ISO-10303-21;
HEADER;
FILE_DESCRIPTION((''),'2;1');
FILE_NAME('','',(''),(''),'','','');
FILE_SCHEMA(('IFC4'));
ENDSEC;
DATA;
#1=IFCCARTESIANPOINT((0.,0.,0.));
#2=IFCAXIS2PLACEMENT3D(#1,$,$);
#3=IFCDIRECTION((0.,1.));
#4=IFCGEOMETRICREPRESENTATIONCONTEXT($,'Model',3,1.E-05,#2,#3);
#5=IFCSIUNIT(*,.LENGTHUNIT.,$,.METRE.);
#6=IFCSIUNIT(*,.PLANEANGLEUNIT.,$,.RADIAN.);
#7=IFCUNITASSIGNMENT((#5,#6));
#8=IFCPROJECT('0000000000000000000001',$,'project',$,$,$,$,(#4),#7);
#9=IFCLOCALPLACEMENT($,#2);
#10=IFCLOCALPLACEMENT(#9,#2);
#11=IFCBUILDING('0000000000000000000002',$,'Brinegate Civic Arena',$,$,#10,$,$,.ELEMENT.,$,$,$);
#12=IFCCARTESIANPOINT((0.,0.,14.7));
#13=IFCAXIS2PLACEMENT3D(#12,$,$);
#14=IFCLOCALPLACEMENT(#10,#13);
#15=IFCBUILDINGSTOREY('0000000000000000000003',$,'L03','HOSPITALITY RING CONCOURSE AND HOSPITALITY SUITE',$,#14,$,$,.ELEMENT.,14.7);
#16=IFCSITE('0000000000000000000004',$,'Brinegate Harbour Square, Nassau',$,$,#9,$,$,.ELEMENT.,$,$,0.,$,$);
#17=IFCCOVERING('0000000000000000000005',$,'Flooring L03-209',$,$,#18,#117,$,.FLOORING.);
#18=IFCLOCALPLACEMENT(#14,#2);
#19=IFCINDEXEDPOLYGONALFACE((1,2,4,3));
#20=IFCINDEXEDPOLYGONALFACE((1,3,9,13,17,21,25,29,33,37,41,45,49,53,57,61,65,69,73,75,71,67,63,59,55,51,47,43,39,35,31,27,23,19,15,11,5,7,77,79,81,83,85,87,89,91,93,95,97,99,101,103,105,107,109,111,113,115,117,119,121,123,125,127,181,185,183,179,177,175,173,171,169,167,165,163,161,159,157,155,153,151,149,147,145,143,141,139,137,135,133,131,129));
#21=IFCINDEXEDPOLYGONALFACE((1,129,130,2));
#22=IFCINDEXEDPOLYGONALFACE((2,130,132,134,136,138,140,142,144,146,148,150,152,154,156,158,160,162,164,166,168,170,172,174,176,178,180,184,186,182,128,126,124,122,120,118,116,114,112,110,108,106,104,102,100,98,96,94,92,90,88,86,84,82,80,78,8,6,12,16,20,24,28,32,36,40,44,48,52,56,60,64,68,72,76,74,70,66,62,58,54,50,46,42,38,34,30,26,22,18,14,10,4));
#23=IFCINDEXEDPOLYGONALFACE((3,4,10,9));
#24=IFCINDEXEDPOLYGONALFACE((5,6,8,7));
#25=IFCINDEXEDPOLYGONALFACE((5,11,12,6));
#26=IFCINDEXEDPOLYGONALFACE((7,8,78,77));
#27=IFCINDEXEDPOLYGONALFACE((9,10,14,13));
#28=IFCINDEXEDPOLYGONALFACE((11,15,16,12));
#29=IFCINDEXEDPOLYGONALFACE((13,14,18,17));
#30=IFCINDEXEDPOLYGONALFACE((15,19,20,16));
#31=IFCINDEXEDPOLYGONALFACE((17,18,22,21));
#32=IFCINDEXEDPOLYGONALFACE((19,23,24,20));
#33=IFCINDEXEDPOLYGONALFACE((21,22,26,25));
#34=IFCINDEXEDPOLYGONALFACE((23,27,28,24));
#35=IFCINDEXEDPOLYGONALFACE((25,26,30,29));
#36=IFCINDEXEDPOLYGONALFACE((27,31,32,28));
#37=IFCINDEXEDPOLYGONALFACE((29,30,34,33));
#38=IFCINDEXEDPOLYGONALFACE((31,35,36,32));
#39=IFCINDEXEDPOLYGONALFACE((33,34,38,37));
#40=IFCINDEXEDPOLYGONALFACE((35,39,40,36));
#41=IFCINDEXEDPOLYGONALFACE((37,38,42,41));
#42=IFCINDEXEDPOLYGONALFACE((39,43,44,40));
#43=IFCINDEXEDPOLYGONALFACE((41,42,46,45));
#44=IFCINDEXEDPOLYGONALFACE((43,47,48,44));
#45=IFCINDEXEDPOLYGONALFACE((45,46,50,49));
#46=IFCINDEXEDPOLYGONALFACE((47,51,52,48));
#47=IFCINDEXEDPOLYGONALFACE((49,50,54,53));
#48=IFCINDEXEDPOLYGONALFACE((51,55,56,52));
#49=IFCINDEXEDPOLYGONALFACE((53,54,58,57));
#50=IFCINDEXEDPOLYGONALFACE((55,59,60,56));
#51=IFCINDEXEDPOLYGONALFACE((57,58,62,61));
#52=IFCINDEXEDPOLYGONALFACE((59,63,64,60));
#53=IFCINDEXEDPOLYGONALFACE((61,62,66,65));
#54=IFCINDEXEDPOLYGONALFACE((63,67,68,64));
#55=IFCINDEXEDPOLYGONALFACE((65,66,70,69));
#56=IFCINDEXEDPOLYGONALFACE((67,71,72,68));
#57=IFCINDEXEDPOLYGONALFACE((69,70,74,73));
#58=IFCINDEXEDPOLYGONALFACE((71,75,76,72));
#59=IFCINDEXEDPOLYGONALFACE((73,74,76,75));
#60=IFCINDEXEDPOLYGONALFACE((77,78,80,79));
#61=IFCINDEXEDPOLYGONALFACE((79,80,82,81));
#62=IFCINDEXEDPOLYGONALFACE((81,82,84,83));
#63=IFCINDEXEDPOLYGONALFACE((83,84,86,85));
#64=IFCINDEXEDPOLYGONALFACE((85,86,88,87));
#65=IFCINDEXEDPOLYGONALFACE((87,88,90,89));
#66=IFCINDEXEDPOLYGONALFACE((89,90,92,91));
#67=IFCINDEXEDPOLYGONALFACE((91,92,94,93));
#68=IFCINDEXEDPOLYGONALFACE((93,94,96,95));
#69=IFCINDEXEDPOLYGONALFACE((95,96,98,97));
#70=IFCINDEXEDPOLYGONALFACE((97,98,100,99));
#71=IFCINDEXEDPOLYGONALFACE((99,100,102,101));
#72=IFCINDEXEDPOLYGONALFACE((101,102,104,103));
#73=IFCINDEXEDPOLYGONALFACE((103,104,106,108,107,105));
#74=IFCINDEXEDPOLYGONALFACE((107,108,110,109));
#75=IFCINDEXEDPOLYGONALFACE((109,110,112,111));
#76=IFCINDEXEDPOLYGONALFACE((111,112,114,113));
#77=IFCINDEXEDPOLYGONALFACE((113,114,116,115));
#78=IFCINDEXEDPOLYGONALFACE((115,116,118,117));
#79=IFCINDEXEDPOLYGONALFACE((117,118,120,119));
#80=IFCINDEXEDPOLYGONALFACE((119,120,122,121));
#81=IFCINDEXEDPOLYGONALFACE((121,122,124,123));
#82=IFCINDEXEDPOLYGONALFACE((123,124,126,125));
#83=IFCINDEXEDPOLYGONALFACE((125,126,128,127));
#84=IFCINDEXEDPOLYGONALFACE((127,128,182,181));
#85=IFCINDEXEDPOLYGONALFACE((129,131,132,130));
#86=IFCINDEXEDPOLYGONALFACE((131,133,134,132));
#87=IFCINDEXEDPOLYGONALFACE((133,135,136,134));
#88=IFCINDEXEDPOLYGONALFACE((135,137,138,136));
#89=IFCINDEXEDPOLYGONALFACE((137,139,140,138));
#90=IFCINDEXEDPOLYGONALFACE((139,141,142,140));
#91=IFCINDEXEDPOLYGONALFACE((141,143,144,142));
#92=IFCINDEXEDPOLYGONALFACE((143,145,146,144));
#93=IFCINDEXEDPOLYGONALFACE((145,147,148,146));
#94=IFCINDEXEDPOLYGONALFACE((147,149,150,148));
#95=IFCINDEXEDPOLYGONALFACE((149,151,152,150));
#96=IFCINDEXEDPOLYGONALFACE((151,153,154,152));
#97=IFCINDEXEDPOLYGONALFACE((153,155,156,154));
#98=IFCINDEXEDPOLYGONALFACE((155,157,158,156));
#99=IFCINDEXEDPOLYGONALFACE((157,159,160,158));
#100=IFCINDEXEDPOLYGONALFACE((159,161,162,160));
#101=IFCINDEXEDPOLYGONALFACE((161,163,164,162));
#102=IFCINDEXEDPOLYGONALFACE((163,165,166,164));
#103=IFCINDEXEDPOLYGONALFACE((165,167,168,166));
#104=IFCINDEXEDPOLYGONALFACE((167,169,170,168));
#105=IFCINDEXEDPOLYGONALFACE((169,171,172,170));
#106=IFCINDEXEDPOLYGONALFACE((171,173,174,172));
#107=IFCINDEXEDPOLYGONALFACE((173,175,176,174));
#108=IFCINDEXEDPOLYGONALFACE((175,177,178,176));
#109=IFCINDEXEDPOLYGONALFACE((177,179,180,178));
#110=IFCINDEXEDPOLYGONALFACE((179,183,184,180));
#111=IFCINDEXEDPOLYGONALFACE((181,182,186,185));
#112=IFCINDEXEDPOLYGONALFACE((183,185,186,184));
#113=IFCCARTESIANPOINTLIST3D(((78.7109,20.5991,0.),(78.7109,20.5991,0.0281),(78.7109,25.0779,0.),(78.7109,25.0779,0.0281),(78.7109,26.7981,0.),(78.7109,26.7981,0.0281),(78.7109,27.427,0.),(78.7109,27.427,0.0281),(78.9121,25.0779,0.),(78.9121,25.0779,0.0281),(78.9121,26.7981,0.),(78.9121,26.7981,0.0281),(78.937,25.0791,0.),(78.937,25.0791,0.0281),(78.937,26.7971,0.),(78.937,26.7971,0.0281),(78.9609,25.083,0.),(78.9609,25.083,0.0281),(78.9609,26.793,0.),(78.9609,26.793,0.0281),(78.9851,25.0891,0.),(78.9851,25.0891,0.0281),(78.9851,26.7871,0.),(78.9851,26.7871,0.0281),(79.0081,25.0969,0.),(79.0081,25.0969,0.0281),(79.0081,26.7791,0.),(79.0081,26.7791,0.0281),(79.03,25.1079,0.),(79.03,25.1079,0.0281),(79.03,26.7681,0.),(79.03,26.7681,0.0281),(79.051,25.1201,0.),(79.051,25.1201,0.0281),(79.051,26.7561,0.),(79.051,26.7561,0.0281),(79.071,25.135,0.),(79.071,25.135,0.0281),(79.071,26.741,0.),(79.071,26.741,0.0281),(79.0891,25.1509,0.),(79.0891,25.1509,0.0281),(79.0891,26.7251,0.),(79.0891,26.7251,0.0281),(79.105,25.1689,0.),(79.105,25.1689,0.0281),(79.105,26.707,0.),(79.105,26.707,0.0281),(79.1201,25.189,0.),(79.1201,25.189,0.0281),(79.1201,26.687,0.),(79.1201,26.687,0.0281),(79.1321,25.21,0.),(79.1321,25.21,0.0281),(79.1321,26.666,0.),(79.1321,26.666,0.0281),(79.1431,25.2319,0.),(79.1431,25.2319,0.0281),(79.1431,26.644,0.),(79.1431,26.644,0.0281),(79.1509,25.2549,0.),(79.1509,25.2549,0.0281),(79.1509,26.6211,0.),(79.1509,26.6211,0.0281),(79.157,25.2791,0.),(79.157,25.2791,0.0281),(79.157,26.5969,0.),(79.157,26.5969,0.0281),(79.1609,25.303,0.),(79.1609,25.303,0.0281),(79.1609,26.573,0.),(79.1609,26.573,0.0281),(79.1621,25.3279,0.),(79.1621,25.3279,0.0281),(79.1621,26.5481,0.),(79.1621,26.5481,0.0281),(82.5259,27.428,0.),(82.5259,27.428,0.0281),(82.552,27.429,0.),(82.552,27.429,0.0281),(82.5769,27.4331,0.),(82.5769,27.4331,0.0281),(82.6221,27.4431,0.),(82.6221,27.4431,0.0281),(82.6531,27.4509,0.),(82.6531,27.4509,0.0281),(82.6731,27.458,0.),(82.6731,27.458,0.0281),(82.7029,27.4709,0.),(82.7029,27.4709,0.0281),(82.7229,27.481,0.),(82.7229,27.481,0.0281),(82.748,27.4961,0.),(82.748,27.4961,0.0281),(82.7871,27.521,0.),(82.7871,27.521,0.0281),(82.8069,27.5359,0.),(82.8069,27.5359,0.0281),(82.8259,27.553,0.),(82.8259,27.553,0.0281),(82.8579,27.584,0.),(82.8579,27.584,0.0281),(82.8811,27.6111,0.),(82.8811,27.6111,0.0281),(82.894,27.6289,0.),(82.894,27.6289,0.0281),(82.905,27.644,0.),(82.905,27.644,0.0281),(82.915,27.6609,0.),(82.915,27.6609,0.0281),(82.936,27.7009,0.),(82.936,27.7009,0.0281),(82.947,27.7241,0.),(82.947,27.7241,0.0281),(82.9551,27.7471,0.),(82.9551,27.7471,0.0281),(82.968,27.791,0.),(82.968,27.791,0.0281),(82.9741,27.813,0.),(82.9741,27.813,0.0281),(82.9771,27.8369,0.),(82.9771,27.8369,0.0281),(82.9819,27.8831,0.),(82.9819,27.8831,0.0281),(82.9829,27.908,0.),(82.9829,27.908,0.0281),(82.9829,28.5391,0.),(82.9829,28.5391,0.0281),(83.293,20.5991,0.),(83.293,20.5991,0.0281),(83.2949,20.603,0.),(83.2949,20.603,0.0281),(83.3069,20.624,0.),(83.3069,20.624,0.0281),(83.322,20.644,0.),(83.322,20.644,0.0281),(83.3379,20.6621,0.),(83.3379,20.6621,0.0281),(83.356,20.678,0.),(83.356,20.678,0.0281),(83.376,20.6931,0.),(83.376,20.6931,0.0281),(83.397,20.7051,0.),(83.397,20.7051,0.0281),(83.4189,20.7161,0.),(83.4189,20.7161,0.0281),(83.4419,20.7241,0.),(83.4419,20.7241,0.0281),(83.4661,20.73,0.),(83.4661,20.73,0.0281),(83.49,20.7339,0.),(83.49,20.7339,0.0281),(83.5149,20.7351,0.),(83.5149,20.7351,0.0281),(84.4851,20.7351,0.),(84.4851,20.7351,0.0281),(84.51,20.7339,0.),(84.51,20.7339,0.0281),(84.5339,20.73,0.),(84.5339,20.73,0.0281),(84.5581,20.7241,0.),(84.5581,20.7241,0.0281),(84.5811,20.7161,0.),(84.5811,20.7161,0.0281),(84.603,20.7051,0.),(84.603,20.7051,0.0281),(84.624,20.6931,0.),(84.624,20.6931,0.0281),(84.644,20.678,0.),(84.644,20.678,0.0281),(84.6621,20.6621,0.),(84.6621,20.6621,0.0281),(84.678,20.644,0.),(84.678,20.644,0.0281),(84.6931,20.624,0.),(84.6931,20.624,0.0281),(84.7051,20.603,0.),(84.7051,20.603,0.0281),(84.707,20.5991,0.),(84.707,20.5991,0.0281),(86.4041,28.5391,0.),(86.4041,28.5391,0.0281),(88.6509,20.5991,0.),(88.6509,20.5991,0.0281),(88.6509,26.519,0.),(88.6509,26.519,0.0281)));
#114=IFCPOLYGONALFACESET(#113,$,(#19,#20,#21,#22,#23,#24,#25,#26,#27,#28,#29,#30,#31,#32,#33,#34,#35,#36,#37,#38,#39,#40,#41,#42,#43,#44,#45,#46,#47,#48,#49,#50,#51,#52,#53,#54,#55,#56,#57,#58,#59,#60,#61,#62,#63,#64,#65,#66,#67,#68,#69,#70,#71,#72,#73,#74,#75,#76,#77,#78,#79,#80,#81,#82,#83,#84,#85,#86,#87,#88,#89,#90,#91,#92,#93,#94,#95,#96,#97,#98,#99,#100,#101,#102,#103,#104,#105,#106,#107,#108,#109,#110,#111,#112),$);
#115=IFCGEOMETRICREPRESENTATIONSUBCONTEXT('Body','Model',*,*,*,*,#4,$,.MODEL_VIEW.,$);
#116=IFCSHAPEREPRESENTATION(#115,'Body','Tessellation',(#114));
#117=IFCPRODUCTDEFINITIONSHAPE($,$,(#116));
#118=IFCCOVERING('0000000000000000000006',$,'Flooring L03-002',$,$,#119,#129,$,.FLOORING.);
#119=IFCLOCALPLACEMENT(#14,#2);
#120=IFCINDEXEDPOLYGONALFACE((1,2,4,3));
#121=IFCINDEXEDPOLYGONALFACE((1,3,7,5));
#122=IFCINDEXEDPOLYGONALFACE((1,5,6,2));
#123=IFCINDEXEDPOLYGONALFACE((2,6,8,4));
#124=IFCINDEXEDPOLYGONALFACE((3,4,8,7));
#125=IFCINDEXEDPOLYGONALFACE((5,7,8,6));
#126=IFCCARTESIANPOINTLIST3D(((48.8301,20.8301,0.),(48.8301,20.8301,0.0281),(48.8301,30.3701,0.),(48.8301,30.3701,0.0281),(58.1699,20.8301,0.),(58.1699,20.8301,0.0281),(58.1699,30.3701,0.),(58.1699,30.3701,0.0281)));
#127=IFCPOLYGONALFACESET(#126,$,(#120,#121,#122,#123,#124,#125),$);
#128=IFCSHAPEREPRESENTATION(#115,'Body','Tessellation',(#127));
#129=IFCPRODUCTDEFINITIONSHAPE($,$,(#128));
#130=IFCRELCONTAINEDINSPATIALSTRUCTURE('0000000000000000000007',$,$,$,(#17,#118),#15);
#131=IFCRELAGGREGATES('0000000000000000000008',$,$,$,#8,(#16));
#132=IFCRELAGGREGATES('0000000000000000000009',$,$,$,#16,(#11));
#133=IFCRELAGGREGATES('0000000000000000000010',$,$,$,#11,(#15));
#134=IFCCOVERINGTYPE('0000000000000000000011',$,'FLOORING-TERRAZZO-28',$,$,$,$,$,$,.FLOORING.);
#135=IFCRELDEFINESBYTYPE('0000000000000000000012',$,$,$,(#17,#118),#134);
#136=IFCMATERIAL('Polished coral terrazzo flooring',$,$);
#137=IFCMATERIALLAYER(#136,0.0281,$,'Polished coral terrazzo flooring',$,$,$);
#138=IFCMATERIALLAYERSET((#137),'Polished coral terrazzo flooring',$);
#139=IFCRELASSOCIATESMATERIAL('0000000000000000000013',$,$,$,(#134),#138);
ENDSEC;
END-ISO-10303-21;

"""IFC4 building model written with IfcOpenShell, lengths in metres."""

from ifc_helpers import new_model, si_unit, direction, frame, origin, place, context, subcontext, project, spatial, polyline, outline, extrude, material, layer, layer_set, type_object, element, save


model = new_model("IFC4")

# Units and contexts
model_context = context("Model", 3, precision=1e-05, world=origin(), true_north=direction((0.0, 1.0)))
body_context = subcontext(model_context, "Body", "Model", "MODEL_VIEW")
ifc_project = project(units=[si_unit("LENGTHUNIT", "METRE"), si_unit("PLANEANGLEUNIT", "RADIAN")], contexts=[model_context])

# Site, building, storey
site_placement = place(None, origin())
site = spatial("IfcSite", under=ifc_project, at=site_placement, Name="Brinegate Harbour Square, Nassau", CompositionType="ELEMENT", RefElevation=0.0)
building_placement = place(site_placement, origin())
building = spatial("IfcBuilding", under=site, at=building_placement, Name="Brinegate Civic Arena", CompositionType="ELEMENT")
storey_placement = place(building_placement, frame((0.0, 0.0, 14.7)))
storey = spatial("IfcBuildingStorey", under=building, at=storey_placement, Name="L03", Description="HOSPITALITY RING CONCOURSE AND HOSPITALITY SUITE", CompositionType="ELEMENT", Elevation=14.7)

# Coverings
ifc_material_1 = material(Name="Polished coral terrazzo flooring")
ifc_layer_1 = layer(ifc_material_1, 0.0281, Name="Polished coral terrazzo flooring")
ifc_layer_set_1 = layer_set([ifc_layer_1], Name="Polished coral terrazzo flooring")
covering_type_1 = type_object("IfcCoveringType", Name="FLOORING-TERRAZZO-28", PredefinedType="FLOORING", material=ifc_layer_set_1)
covering_1_placement = place(storey_placement, origin())
element("IfcCovering", 1, at=covering_1_placement, inside=storey, type_object=covering_type_1, Name="Flooring L03-209", PredefinedType="FLOORING", context=body_context, shape_type="SweptSolid", body=[
    extrude(outline(polyline([(78.7109, 20.5991), (78.7109, 25.0779), (78.9121, 25.0779), (78.937, 25.0791), (78.9609, 25.083), (78.9851, 25.0891), (79.0081, 25.0969), (79.03, 25.1079), (79.051, 25.1201), (79.071, 25.135), (79.0891, 25.1509), (79.105, 25.1689), (79.1201, 25.189), (79.1321, 25.21), (79.1431, 25.2319), (79.1509, 25.2549), (79.157, 25.2791), (79.1609, 25.303), (79.1621, 25.3279), (79.1621, 26.5481), (79.1609, 26.573), (79.157, 26.5969), (79.1509, 26.6211), (79.1431, 26.644), (79.1321, 26.666), (79.1201, 26.687), (79.105, 26.707), (79.0891, 26.7251), (79.071, 26.741), (79.051, 26.7561), (79.03, 26.7681), (79.0081, 26.7791), (78.9851, 26.7871), (78.9609, 26.793), (78.937, 26.7971), (78.9121, 26.7981), (78.7109, 26.7981), (78.7109, 27.427), (82.5259, 27.428), (82.552, 27.429), (82.5769, 27.4331), (82.6221, 27.4431), (82.6531, 27.4509), (82.6731, 27.458), (82.7029, 27.4709), (82.7229, 27.481), (82.748, 27.4961), (82.7871, 27.521), (82.8069, 27.5359), (82.8259, 27.553), (82.8579, 27.584), (82.8811, 27.6111), (82.894, 27.6289), (82.905, 27.644), (82.915, 27.6609), (82.936, 27.7009), (82.947, 27.7241), (82.9551, 27.7471), (82.968, 27.791), (82.9741, 27.813), (82.9771, 27.8369), (82.9819, 27.8831), (82.9829, 27.908), (82.9829, 28.5391), (86.4041, 28.5391), (88.6509, 26.519), (88.6509, 20.5991), (84.707, 20.5991), (84.7051, 20.603), (84.6931, 20.624), (84.678, 20.644), (84.6621, 20.6621), (84.644, 20.678), (84.624, 20.6931), (84.603, 20.7051), (84.5811, 20.7161), (84.5581, 20.7241), (84.5339, 20.73), (84.51, 20.7339), (84.4851, 20.7351), (83.5149, 20.7351), (83.49, 20.7339), (83.4661, 20.73), (83.4419, 20.7241), (83.4189, 20.7161), (83.397, 20.7051), (83.376, 20.6931), (83.356, 20.678), (83.3379, 20.6621), (83.322, 20.644), (83.3069, 20.624), (83.2949, 20.603), (83.293, 20.5991), (78.7109, 20.5991)])), origin(), (0.0, 0.0, 1.0), 0.0281),
])
covering_2_placement = place(storey_placement, origin())
element("IfcCovering", 2, at=covering_2_placement, inside=storey, type_object=covering_type_1, Name="Flooring L03-002", PredefinedType="FLOORING", context=body_context, shape_type="SweptSolid", body=[
    extrude(outline(polyline([(48.8301, 20.8301), (48.8301, 30.3701), (58.1699, 30.3701), (58.1699, 20.8301), (48.8301, 20.8301)])), origin(), (0.0, 0.0, 1.0), 0.0281),
])

save(model, "model.ifc")
